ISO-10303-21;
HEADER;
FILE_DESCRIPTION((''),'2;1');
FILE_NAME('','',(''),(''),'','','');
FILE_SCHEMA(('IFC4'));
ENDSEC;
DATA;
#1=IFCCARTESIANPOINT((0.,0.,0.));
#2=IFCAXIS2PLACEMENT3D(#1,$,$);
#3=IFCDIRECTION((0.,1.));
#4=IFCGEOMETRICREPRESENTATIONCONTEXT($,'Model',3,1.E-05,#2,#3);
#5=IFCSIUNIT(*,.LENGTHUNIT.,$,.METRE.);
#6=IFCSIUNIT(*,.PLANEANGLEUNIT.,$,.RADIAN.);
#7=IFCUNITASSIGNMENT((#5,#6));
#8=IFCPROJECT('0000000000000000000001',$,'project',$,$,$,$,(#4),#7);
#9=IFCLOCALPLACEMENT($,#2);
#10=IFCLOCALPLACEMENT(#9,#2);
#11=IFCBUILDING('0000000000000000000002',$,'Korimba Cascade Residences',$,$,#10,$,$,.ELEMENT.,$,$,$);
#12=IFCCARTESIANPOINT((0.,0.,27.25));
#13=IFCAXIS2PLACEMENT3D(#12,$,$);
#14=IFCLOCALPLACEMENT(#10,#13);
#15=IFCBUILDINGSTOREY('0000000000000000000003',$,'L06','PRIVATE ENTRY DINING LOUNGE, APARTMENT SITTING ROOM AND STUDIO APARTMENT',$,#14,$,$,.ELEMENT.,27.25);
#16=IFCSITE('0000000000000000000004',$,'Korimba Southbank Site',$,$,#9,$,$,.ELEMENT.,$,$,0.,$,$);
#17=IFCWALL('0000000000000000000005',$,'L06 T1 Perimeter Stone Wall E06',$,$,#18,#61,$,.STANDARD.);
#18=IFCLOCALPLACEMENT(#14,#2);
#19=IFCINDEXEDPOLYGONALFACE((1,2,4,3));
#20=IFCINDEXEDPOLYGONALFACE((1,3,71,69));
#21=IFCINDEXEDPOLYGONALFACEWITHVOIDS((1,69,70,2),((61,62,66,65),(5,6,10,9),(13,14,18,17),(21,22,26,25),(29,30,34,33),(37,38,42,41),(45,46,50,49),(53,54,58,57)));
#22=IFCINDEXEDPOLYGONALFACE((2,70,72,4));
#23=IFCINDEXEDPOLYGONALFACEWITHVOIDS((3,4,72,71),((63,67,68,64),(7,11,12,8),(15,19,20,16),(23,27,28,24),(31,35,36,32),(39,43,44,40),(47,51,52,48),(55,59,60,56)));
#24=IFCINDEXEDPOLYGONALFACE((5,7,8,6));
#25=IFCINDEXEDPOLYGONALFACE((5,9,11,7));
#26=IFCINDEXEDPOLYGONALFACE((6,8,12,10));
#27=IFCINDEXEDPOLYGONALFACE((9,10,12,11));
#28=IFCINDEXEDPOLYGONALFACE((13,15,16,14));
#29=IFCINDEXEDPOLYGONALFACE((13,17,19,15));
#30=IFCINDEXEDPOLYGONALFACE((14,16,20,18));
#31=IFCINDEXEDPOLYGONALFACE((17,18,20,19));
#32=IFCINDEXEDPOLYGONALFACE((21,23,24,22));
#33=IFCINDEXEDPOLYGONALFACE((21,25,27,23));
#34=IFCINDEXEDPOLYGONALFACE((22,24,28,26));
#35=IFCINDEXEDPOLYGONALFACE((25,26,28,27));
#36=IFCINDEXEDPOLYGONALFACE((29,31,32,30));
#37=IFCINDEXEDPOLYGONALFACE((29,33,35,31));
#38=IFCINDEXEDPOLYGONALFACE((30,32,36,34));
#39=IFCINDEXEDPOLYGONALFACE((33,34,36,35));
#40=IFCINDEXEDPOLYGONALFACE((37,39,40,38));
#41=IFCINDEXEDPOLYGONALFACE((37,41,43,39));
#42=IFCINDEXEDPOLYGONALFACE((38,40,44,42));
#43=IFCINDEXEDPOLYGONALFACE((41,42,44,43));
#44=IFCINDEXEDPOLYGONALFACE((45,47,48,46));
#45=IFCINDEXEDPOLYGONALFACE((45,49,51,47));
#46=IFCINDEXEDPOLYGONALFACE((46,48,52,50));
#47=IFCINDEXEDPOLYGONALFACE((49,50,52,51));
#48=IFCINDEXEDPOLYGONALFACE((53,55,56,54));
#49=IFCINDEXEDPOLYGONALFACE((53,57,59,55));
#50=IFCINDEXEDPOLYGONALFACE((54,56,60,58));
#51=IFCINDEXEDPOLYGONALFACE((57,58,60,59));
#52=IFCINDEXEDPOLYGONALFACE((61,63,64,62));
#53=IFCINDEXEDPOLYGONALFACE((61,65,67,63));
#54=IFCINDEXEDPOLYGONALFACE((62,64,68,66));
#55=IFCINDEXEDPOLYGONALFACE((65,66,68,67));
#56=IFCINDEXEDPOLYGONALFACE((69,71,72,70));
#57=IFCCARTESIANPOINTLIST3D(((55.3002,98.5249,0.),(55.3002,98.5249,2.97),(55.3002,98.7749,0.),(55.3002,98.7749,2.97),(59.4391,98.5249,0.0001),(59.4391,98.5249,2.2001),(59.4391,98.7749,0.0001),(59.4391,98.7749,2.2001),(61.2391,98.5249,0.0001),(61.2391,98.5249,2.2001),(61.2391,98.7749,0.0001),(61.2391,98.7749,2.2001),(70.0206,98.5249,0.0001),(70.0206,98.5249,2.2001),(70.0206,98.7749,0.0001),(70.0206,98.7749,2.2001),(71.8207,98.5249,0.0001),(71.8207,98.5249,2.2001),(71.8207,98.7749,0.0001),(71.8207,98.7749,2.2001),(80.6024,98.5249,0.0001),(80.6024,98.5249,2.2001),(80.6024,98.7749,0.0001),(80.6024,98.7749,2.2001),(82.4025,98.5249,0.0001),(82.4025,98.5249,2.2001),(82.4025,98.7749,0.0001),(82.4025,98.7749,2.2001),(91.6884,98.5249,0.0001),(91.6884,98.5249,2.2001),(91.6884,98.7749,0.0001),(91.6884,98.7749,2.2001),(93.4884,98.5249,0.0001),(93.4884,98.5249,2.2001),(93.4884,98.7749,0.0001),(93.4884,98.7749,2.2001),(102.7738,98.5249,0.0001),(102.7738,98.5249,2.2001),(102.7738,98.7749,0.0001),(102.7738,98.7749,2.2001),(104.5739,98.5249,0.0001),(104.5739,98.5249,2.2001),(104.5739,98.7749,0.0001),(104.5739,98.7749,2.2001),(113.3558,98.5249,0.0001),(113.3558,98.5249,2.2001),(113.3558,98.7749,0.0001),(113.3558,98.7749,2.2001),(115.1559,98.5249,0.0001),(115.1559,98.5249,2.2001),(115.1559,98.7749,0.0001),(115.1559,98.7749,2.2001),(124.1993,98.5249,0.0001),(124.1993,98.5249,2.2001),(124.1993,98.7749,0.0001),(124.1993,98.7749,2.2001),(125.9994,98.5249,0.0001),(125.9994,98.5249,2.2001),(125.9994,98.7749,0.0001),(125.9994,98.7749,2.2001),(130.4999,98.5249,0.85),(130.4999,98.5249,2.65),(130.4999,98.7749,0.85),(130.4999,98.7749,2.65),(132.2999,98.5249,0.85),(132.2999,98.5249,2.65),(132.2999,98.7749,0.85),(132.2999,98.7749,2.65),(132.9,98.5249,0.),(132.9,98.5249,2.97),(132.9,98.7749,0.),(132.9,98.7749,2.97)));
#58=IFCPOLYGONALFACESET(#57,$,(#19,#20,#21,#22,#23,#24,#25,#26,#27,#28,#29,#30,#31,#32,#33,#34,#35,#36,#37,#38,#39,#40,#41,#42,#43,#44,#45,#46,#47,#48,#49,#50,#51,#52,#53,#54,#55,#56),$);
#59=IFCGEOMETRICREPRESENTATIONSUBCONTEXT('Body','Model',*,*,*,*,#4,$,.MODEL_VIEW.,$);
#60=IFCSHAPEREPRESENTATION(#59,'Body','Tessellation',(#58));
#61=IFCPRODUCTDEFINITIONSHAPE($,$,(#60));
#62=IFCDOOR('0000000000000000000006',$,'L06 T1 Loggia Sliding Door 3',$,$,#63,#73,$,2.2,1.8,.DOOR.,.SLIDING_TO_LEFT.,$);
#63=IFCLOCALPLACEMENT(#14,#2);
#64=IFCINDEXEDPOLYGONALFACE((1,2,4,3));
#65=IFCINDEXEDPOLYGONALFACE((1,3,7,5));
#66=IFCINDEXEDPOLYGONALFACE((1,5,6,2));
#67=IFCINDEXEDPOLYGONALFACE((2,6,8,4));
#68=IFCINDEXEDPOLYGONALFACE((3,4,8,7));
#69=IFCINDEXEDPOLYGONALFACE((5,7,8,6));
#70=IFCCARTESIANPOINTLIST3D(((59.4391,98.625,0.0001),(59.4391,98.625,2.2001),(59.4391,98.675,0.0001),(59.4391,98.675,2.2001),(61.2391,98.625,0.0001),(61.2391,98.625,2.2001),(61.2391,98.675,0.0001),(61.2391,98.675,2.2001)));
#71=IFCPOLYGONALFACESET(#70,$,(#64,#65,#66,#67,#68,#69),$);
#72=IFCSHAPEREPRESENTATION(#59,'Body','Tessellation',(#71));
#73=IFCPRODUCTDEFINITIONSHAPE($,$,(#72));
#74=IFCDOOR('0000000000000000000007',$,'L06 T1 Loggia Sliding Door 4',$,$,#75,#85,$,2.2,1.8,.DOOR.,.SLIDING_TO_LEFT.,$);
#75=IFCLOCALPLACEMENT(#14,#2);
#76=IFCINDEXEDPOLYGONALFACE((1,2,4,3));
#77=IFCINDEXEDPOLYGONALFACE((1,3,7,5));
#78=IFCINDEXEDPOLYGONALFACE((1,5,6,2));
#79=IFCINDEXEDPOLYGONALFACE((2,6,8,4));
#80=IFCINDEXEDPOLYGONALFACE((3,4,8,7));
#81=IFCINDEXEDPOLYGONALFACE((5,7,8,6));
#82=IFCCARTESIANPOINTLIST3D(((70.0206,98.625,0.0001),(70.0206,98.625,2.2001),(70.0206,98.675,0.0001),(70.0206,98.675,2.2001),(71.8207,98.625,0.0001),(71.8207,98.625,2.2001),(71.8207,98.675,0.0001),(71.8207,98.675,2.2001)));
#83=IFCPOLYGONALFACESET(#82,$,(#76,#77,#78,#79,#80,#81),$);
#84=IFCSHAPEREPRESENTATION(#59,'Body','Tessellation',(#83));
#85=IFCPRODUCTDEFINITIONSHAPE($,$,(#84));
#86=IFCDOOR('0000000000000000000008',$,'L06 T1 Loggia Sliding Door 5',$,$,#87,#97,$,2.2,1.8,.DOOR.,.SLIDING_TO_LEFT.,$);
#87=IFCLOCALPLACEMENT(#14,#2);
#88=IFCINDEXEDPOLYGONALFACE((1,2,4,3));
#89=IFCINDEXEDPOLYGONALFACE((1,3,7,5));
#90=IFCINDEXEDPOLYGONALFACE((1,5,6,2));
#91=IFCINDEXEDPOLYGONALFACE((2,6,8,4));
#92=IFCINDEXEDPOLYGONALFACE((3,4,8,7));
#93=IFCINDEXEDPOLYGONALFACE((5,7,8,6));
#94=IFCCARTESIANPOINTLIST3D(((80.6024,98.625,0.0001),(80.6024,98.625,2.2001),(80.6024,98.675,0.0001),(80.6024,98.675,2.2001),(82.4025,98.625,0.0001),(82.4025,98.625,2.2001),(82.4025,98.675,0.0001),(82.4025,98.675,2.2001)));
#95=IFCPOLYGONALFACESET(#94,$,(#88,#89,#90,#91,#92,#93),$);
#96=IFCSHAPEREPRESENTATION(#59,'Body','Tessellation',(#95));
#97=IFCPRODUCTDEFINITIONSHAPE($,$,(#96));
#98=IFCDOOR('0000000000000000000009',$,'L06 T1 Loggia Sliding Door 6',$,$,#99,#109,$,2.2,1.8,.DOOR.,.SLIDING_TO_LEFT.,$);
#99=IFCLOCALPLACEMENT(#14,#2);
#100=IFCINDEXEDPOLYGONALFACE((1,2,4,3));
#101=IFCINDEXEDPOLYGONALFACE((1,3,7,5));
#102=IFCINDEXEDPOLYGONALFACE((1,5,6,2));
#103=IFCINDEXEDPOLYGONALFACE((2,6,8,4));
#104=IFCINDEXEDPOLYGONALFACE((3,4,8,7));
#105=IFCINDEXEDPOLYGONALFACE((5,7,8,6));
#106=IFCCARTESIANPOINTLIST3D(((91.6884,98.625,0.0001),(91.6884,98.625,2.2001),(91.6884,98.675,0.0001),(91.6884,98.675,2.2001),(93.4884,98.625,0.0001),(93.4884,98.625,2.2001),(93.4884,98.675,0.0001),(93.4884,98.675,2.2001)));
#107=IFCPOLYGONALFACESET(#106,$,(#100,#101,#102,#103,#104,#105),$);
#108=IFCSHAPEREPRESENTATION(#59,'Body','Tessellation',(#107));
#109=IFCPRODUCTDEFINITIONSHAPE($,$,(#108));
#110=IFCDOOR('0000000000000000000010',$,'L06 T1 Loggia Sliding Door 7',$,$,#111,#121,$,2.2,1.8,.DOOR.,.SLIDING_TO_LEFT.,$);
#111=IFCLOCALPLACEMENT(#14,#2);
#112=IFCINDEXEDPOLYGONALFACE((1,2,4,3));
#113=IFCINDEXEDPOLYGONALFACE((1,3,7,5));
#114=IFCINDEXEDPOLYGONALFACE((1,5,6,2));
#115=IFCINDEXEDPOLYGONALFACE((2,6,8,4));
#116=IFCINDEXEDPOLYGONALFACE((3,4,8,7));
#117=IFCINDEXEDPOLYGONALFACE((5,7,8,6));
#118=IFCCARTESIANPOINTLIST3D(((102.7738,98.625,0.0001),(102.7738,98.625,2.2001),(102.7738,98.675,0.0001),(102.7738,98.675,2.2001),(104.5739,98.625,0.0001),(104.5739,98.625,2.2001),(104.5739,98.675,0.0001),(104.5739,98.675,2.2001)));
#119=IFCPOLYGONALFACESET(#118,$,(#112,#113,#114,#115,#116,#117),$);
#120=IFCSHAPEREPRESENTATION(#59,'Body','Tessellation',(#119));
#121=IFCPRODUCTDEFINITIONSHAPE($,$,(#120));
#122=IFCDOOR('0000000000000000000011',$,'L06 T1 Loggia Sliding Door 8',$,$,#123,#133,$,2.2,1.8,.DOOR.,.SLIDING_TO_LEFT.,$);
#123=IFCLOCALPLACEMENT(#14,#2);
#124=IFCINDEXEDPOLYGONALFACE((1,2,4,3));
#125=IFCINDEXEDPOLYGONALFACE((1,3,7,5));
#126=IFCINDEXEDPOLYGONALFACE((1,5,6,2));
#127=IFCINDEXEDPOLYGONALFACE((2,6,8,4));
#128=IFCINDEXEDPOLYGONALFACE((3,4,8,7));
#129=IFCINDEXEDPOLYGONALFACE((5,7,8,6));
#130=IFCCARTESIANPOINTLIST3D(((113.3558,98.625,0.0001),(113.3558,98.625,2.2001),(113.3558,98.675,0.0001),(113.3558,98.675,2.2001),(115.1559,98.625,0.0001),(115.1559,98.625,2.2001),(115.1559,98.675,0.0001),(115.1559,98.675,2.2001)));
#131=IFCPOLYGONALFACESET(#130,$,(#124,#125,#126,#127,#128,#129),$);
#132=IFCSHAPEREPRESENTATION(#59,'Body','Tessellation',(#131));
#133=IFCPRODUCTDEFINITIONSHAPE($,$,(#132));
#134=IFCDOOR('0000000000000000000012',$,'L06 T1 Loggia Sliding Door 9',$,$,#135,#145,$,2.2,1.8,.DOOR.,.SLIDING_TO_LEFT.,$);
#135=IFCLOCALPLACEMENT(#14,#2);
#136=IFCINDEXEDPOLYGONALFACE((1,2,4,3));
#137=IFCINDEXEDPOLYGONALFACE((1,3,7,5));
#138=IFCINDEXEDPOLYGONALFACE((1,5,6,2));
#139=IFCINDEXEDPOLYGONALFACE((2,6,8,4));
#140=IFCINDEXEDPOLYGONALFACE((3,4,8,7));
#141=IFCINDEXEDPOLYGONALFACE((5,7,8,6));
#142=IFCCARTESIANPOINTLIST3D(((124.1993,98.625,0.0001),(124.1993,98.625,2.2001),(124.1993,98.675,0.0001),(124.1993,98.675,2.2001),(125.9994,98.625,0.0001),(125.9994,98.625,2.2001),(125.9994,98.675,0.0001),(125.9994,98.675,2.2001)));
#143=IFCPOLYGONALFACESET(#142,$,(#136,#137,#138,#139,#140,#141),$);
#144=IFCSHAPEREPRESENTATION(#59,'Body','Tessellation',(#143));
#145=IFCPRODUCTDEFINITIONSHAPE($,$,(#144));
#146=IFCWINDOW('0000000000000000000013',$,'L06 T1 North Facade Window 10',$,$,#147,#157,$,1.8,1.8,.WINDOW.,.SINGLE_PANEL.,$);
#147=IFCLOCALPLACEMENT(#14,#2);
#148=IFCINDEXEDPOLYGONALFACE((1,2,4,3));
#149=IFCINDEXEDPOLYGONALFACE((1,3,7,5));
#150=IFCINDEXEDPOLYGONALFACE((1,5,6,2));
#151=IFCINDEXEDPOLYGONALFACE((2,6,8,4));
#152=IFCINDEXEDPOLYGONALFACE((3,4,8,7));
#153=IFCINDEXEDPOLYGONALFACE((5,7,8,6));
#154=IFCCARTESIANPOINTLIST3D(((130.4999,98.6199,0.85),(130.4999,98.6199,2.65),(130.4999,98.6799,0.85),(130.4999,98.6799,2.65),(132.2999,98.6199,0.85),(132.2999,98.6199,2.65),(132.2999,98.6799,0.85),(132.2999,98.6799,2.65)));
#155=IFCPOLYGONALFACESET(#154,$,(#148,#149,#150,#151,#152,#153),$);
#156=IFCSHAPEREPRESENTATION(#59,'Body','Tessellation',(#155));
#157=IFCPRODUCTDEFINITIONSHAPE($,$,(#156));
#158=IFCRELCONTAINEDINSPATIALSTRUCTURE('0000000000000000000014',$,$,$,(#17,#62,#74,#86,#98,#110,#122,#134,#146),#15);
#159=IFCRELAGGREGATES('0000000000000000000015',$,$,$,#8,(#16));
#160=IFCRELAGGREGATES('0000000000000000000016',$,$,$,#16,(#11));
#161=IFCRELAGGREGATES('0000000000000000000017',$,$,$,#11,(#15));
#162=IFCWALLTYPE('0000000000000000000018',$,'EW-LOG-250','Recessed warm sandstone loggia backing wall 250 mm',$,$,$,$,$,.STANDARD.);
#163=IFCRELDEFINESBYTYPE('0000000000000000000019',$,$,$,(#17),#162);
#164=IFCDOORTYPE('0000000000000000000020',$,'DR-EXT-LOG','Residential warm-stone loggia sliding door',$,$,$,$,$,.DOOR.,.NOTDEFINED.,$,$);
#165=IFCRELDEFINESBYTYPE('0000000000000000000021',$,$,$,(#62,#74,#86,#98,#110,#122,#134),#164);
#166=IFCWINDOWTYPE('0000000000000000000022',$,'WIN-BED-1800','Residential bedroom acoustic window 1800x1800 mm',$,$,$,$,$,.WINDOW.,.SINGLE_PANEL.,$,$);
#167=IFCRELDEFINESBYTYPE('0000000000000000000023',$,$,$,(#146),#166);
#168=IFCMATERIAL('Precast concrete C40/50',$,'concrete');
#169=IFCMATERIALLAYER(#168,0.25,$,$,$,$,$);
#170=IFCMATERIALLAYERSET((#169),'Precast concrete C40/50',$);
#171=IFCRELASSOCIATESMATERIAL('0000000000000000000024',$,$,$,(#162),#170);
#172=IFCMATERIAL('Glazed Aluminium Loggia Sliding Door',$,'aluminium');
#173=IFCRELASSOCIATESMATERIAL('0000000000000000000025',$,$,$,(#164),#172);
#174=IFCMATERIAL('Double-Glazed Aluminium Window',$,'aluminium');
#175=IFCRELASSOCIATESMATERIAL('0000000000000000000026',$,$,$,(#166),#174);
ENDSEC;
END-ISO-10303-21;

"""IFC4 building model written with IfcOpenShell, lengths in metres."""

from ifc_helpers import new_model, si_unit, direction, frame, frame_2d, origin, place, context, subcontext, project, spatial, rectangle, extrude, material, layer, layer_set, type_object, element, fill, save


model = new_model("IFC4")

# Units and contexts
model_context = context("Model", 3, precision=1e-05, world=origin(), true_north=direction((0.0, 1.0)))
body_context = subcontext(model_context, "Body", "Model", "MODEL_VIEW")
ifc_project = project(units=[si_unit("LENGTHUNIT", "METRE"), si_unit("PLANEANGLEUNIT", "RADIAN")], contexts=[model_context])

# Site, building, storey
site_placement = place(None, origin())
site = spatial("IfcSite", under=ifc_project, at=site_placement, Name="Korimba Southbank Site", CompositionType="ELEMENT", RefElevation=0.0)
building_placement = place(site_placement, origin())
building = spatial("IfcBuilding", under=site, at=building_placement, Name="Korimba Cascade Residences", CompositionType="ELEMENT")
storey_placement = place(building_placement, frame((0.0, 0.0, 27.25)))
storey = spatial("IfcBuildingStorey", under=building, at=storey_placement, Name="L06", Description="PRIVATE ENTRY DINING LOUNGE, APARTMENT SITTING ROOM AND STUDIO APARTMENT", CompositionType="ELEMENT", Elevation=27.25)

# Wall, openings, doors, window
ifc_material_1 = material(Name="Precast concrete C40/50", Category="concrete")
ifc_layer_1 = layer(ifc_material_1, 0.25)
ifc_layer_set_1 = layer_set([ifc_layer_1], Name="Precast concrete C40/50")
wall_type_1 = type_object("IfcWallType", Name="EW-LOG-250", Description="Recessed warm sandstone loggia backing wall 250 mm", PredefinedType="STANDARD", material=ifc_layer_set_1)
wall_1_placement = place(storey_placement, frame((132.8999, 98.6499, 0.0), z_axis=(0.0, 0.0, 1.0), x_axis=(-1.0, 0.0, 0.0)))
wall_1 = element("IfcWall", 1, at=wall_1_placement, inside=storey, type_object=wall_type_1, Name="L06 T1 Perimeter Stone Wall E06", PredefinedType="STANDARD", context=body_context, shape_type="SweptSolid", body=[
    extrude(rectangle(XDim=77.5999, YDim=0.25, at=frame_2d((38.7998, 0.0))), origin(), (0.0, 0.0, 1.0), 2.97),
])
opening_1_placement = place(wall_1_placement, frame((71.6609, 0.0, 0.0)))
opening_1 = element("IfcOpeningElement", 2, at=opening_1_placement, cuts=wall_1, PredefinedType="OPENING", context=body_context, shape_type="SweptSolid", body=[
    extrude(rectangle(XDim=1.8, YDim=2.2, at=frame_2d((0.8999, 1.1001))), frame((0.0, 0.135, 0.0), z_axis=(0.0, -1.0, 0.0), x_axis=(1.0, 0.0, 0.0)), (0.0, 0.0, 1.0), 0.27),
])
opening_2_placement = place(wall_1_placement, frame((61.0793, 0.0, 0.0)))
opening_2 = element("IfcOpeningElement", 3, at=opening_2_placement, cuts=wall_1, PredefinedType="OPENING", context=body_context, shape_type="SweptSolid", body=[
    extrude(rectangle(XDim=1.8, YDim=2.2, at=frame_2d((0.8999, 1.1001))), frame((0.0, 0.135, 0.0), z_axis=(0.0, -1.0, 0.0), x_axis=(1.0, 0.0, 0.0)), (0.0, 0.0, 1.0), 0.27),
])
opening_3_placement = place(wall_1_placement, frame((50.4976, 0.0, 0.0)))
opening_3 = element("IfcOpeningElement", 4, at=opening_3_placement, cuts=wall_1, PredefinedType="OPENING", context=body_context, shape_type="SweptSolid", body=[
    extrude(rectangle(XDim=1.8, YDim=2.2, at=frame_2d((0.8999, 1.1001))), frame((0.0, 0.135, 0.0), z_axis=(0.0, -1.0, 0.0), x_axis=(1.0, 0.0, 0.0)), (0.0, 0.0, 1.0), 0.27),
])
opening_4_placement = place(wall_1_placement, frame((39.4116, 0.0, 0.0)))
opening_4 = element("IfcOpeningElement", 5, at=opening_4_placement, cuts=wall_1, PredefinedType="OPENING", context=body_context, shape_type="SweptSolid", body=[
    extrude(rectangle(XDim=1.8, YDim=2.2, at=frame_2d((0.8999, 1.1001))), frame((0.0, 0.135, 0.0), z_axis=(0.0, -1.0, 0.0), x_axis=(1.0, 0.0, 0.0)), (0.0, 0.0, 1.0), 0.27),
])
opening_5_placement = place(wall_1_placement, frame((28.3262, 0.0, 0.0)))
opening_5 = element("IfcOpeningElement", 6, at=opening_5_placement, cuts=wall_1, PredefinedType="OPENING", context=body_context, shape_type="SweptSolid", body=[
    extrude(rectangle(XDim=1.8, YDim=2.2, at=frame_2d((0.8999, 1.1001))), frame((0.0, 0.135, 0.0), z_axis=(0.0, -1.0, 0.0), x_axis=(1.0, 0.0, 0.0)), (0.0, 0.0, 1.0), 0.27),
])
opening_6_placement = place(wall_1_placement, frame((17.7441, 0.0, 0.0)))
opening_6 = element("IfcOpeningElement", 7, at=opening_6_placement, cuts=wall_1, PredefinedType="OPENING", context=body_context, shape_type="SweptSolid", body=[
    extrude(rectangle(XDim=1.8, YDim=2.2, at=frame_2d((0.8999, 1.1001))), frame((0.0, 0.135, 0.0), z_axis=(0.0, -1.0, 0.0), x_axis=(1.0, 0.0, 0.0)), (0.0, 0.0, 1.0), 0.27),
])
opening_7_placement = place(wall_1_placement, frame((6.9006, 0.0, 0.0)))
opening_7 = element("IfcOpeningElement", 8, at=opening_7_placement, cuts=wall_1, PredefinedType="OPENING", context=body_context, shape_type="SweptSolid", body=[
    extrude(rectangle(XDim=1.8, YDim=2.2, at=frame_2d((0.8999, 1.1001))), frame((0.0, 0.135, 0.0), z_axis=(0.0, -1.0, 0.0), x_axis=(1.0, 0.0, 0.0)), (0.0, 0.0, 1.0), 0.27),
])
opening_8_placement = place(wall_1_placement, frame((0.6001, 0.0, 0.8501)))
opening_8 = element("IfcOpeningElement", 9, at=opening_8_placement, cuts=wall_1, PredefinedType="OPENING", context=body_context, shape_type="SweptSolid", body=[
    extrude(rectangle(XDim=1.8, YDim=1.8, at=frame_2d((0.8999, 0.8999))), frame((0.0, 0.135, 0.0), z_axis=(0.0, -1.0, 0.0), x_axis=(1.0, 0.0, 0.0)), (0.0, 0.0, 1.0), 0.27),
])
ifc_material_2 = material(Name="Glazed Aluminium Loggia Sliding Door", Category="aluminium")
door_type_1 = type_object("IfcDoorType", Name="DR-EXT-LOG", Description="Residential warm-stone loggia sliding door", OperationType="NOTDEFINED", PredefinedType="DOOR", material=ifc_material_2)
door_1_placement = place(opening_1_placement, origin())
door_1 = element("IfcDoor", 10, at=door_1_placement, inside=storey, type_object=door_type_1, Name="L06 T1 Loggia Sliding Door 3", OperationType="SLIDING_TO_LEFT", OverallHeight=2.2, OverallWidth=1.8, PredefinedType="DOOR", context=body_context, shape_type="SweptSolid", body=[
    extrude(rectangle(XDim=1.8, YDim=2.2, at=frame_2d((0.8999, 1.1001))), frame((0.0, 0.0249, 0.0), z_axis=(0.0, -1.0, 0.0), x_axis=(1.0, 0.0, 0.0)), (0.0, 0.0, 1.0), 0.05),
])
fill(opening_1, door_1)
door_2_placement = place(opening_2_placement, origin())
door_2 = element("IfcDoor", 11, at=door_2_placement, inside=storey, type_object=door_type_1, Name="L06 T1 Loggia Sliding Door 4", OperationType="SLIDING_TO_LEFT", OverallHeight=2.2, OverallWidth=1.8, PredefinedType="DOOR", context=body_context, shape_type="SweptSolid", body=[
    extrude(rectangle(XDim=1.8, YDim=2.2, at=frame_2d((0.8999, 1.1001))), frame((0.0, 0.0249, 0.0), z_axis=(0.0, -1.0, 0.0), x_axis=(1.0, 0.0, 0.0)), (0.0, 0.0, 1.0), 0.05),
])
fill(opening_2, door_2)
door_3_placement = place(opening_3_placement, origin())
door_3 = element("IfcDoor", 12, at=door_3_placement, inside=storey, type_object=door_type_1, Name="L06 T1 Loggia Sliding Door 5", OperationType="SLIDING_TO_LEFT", OverallHeight=2.2, OverallWidth=1.8, PredefinedType="DOOR", context=body_context, shape_type="SweptSolid", body=[
    extrude(rectangle(XDim=1.8, YDim=2.2, at=frame_2d((0.8999, 1.1001))), frame((0.0, 0.0249, 0.0), z_axis=(0.0, -1.0, 0.0), x_axis=(1.0, 0.0, 0.0)), (0.0, 0.0, 1.0), 0.05),
])
fill(opening_3, door_3)
door_4_placement = place(opening_4_placement, origin())
door_4 = element("IfcDoor", 13, at=door_4_placement, inside=storey, type_object=door_type_1, Name="L06 T1 Loggia Sliding Door 6", OperationType="SLIDING_TO_LEFT", OverallHeight=2.2, OverallWidth=1.8, PredefinedType="DOOR", context=body_context, shape_type="SweptSolid", body=[
    extrude(rectangle(XDim=1.8, YDim=2.2, at=frame_2d((0.8999, 1.1001))), frame((0.0, 0.0249, 0.0), z_axis=(0.0, -1.0, 0.0), x_axis=(1.0, 0.0, 0.0)), (0.0, 0.0, 1.0), 0.05),
])
fill(opening_4, door_4)
door_5_placement = place(opening_5_placement, origin())
door_5 = element("IfcDoor", 14, at=door_5_placement, inside=storey, type_object=door_type_1, Name="L06 T1 Loggia Sliding Door 7", OperationType="SLIDING_TO_LEFT", OverallHeight=2.2, OverallWidth=1.8, PredefinedType="DOOR", context=body_context, shape_type="SweptSolid", body=[
    extrude(rectangle(XDim=1.8, YDim=2.2, at=frame_2d((0.8999, 1.1001))), frame((0.0, 0.0249, 0.0), z_axis=(0.0, -1.0, 0.0), x_axis=(1.0, 0.0, 0.0)), (0.0, 0.0, 1.0), 0.05),
])
fill(opening_5, door_5)
door_6_placement = place(opening_6_placement, origin())
door_6 = element("IfcDoor", 15, at=door_6_placement, inside=storey, type_object=door_type_1, Name="L06 T1 Loggia Sliding Door 8", OperationType="SLIDING_TO_LEFT", OverallHeight=2.2, OverallWidth=1.8, PredefinedType="DOOR", context=body_context, shape_type="SweptSolid", body=[
    extrude(rectangle(XDim=1.8, YDim=2.2, at=frame_2d((0.8999, 1.1001))), frame((0.0, 0.0249, 0.0), z_axis=(0.0, -1.0, 0.0), x_axis=(1.0, 0.0, 0.0)), (0.0, 0.0, 1.0), 0.05),
])
fill(opening_6, door_6)
door_7_placement = place(opening_7_placement, origin())
door_7 = element("IfcDoor", 16, at=door_7_placement, inside=storey, type_object=door_type_1, Name="L06 T1 Loggia Sliding Door 9", OperationType="SLIDING_TO_LEFT", OverallHeight=2.2, OverallWidth=1.8, PredefinedType="DOOR", context=body_context, shape_type="SweptSolid", body=[
    extrude(rectangle(XDim=1.8, YDim=2.2, at=frame_2d((0.8999, 1.1001))), frame((0.0, 0.0249, 0.0), z_axis=(0.0, -1.0, 0.0), x_axis=(1.0, 0.0, 0.0)), (0.0, 0.0, 1.0), 0.05),
])
fill(opening_7, door_7)
ifc_material_3 = material(Name="Double-Glazed Aluminium Window", Category="aluminium")
window_type = type_object("IfcWindowType", Name="WIN-BED-1800", Description="Residential bedroom acoustic window 1800x1800 mm", PartitioningType="SINGLE_PANEL", PredefinedType="WINDOW", material=ifc_material_3)
window_placement = place(opening_8_placement, origin())
window = element("IfcWindow", 17, at=window_placement, inside=storey, type_object=window_type, Name="L06 T1 North Facade Window 10", OverallHeight=1.8, OverallWidth=1.8, PartitioningType="SINGLE_PANEL", PredefinedType="WINDOW", context=body_context, shape_type="SweptSolid", body=[
    extrude(rectangle(XDim=1.8, YDim=1.8, at=frame_2d((0.8999, 0.8999))), frame((0.0, 0.03, 0.0), z_axis=(0.0, -1.0, 0.0), x_axis=(1.0, 0.0, 0.0)), (0.0, 0.0, 1.0), 0.0601),
])
fill(opening_8, window)

save(model, "model.ifc")
